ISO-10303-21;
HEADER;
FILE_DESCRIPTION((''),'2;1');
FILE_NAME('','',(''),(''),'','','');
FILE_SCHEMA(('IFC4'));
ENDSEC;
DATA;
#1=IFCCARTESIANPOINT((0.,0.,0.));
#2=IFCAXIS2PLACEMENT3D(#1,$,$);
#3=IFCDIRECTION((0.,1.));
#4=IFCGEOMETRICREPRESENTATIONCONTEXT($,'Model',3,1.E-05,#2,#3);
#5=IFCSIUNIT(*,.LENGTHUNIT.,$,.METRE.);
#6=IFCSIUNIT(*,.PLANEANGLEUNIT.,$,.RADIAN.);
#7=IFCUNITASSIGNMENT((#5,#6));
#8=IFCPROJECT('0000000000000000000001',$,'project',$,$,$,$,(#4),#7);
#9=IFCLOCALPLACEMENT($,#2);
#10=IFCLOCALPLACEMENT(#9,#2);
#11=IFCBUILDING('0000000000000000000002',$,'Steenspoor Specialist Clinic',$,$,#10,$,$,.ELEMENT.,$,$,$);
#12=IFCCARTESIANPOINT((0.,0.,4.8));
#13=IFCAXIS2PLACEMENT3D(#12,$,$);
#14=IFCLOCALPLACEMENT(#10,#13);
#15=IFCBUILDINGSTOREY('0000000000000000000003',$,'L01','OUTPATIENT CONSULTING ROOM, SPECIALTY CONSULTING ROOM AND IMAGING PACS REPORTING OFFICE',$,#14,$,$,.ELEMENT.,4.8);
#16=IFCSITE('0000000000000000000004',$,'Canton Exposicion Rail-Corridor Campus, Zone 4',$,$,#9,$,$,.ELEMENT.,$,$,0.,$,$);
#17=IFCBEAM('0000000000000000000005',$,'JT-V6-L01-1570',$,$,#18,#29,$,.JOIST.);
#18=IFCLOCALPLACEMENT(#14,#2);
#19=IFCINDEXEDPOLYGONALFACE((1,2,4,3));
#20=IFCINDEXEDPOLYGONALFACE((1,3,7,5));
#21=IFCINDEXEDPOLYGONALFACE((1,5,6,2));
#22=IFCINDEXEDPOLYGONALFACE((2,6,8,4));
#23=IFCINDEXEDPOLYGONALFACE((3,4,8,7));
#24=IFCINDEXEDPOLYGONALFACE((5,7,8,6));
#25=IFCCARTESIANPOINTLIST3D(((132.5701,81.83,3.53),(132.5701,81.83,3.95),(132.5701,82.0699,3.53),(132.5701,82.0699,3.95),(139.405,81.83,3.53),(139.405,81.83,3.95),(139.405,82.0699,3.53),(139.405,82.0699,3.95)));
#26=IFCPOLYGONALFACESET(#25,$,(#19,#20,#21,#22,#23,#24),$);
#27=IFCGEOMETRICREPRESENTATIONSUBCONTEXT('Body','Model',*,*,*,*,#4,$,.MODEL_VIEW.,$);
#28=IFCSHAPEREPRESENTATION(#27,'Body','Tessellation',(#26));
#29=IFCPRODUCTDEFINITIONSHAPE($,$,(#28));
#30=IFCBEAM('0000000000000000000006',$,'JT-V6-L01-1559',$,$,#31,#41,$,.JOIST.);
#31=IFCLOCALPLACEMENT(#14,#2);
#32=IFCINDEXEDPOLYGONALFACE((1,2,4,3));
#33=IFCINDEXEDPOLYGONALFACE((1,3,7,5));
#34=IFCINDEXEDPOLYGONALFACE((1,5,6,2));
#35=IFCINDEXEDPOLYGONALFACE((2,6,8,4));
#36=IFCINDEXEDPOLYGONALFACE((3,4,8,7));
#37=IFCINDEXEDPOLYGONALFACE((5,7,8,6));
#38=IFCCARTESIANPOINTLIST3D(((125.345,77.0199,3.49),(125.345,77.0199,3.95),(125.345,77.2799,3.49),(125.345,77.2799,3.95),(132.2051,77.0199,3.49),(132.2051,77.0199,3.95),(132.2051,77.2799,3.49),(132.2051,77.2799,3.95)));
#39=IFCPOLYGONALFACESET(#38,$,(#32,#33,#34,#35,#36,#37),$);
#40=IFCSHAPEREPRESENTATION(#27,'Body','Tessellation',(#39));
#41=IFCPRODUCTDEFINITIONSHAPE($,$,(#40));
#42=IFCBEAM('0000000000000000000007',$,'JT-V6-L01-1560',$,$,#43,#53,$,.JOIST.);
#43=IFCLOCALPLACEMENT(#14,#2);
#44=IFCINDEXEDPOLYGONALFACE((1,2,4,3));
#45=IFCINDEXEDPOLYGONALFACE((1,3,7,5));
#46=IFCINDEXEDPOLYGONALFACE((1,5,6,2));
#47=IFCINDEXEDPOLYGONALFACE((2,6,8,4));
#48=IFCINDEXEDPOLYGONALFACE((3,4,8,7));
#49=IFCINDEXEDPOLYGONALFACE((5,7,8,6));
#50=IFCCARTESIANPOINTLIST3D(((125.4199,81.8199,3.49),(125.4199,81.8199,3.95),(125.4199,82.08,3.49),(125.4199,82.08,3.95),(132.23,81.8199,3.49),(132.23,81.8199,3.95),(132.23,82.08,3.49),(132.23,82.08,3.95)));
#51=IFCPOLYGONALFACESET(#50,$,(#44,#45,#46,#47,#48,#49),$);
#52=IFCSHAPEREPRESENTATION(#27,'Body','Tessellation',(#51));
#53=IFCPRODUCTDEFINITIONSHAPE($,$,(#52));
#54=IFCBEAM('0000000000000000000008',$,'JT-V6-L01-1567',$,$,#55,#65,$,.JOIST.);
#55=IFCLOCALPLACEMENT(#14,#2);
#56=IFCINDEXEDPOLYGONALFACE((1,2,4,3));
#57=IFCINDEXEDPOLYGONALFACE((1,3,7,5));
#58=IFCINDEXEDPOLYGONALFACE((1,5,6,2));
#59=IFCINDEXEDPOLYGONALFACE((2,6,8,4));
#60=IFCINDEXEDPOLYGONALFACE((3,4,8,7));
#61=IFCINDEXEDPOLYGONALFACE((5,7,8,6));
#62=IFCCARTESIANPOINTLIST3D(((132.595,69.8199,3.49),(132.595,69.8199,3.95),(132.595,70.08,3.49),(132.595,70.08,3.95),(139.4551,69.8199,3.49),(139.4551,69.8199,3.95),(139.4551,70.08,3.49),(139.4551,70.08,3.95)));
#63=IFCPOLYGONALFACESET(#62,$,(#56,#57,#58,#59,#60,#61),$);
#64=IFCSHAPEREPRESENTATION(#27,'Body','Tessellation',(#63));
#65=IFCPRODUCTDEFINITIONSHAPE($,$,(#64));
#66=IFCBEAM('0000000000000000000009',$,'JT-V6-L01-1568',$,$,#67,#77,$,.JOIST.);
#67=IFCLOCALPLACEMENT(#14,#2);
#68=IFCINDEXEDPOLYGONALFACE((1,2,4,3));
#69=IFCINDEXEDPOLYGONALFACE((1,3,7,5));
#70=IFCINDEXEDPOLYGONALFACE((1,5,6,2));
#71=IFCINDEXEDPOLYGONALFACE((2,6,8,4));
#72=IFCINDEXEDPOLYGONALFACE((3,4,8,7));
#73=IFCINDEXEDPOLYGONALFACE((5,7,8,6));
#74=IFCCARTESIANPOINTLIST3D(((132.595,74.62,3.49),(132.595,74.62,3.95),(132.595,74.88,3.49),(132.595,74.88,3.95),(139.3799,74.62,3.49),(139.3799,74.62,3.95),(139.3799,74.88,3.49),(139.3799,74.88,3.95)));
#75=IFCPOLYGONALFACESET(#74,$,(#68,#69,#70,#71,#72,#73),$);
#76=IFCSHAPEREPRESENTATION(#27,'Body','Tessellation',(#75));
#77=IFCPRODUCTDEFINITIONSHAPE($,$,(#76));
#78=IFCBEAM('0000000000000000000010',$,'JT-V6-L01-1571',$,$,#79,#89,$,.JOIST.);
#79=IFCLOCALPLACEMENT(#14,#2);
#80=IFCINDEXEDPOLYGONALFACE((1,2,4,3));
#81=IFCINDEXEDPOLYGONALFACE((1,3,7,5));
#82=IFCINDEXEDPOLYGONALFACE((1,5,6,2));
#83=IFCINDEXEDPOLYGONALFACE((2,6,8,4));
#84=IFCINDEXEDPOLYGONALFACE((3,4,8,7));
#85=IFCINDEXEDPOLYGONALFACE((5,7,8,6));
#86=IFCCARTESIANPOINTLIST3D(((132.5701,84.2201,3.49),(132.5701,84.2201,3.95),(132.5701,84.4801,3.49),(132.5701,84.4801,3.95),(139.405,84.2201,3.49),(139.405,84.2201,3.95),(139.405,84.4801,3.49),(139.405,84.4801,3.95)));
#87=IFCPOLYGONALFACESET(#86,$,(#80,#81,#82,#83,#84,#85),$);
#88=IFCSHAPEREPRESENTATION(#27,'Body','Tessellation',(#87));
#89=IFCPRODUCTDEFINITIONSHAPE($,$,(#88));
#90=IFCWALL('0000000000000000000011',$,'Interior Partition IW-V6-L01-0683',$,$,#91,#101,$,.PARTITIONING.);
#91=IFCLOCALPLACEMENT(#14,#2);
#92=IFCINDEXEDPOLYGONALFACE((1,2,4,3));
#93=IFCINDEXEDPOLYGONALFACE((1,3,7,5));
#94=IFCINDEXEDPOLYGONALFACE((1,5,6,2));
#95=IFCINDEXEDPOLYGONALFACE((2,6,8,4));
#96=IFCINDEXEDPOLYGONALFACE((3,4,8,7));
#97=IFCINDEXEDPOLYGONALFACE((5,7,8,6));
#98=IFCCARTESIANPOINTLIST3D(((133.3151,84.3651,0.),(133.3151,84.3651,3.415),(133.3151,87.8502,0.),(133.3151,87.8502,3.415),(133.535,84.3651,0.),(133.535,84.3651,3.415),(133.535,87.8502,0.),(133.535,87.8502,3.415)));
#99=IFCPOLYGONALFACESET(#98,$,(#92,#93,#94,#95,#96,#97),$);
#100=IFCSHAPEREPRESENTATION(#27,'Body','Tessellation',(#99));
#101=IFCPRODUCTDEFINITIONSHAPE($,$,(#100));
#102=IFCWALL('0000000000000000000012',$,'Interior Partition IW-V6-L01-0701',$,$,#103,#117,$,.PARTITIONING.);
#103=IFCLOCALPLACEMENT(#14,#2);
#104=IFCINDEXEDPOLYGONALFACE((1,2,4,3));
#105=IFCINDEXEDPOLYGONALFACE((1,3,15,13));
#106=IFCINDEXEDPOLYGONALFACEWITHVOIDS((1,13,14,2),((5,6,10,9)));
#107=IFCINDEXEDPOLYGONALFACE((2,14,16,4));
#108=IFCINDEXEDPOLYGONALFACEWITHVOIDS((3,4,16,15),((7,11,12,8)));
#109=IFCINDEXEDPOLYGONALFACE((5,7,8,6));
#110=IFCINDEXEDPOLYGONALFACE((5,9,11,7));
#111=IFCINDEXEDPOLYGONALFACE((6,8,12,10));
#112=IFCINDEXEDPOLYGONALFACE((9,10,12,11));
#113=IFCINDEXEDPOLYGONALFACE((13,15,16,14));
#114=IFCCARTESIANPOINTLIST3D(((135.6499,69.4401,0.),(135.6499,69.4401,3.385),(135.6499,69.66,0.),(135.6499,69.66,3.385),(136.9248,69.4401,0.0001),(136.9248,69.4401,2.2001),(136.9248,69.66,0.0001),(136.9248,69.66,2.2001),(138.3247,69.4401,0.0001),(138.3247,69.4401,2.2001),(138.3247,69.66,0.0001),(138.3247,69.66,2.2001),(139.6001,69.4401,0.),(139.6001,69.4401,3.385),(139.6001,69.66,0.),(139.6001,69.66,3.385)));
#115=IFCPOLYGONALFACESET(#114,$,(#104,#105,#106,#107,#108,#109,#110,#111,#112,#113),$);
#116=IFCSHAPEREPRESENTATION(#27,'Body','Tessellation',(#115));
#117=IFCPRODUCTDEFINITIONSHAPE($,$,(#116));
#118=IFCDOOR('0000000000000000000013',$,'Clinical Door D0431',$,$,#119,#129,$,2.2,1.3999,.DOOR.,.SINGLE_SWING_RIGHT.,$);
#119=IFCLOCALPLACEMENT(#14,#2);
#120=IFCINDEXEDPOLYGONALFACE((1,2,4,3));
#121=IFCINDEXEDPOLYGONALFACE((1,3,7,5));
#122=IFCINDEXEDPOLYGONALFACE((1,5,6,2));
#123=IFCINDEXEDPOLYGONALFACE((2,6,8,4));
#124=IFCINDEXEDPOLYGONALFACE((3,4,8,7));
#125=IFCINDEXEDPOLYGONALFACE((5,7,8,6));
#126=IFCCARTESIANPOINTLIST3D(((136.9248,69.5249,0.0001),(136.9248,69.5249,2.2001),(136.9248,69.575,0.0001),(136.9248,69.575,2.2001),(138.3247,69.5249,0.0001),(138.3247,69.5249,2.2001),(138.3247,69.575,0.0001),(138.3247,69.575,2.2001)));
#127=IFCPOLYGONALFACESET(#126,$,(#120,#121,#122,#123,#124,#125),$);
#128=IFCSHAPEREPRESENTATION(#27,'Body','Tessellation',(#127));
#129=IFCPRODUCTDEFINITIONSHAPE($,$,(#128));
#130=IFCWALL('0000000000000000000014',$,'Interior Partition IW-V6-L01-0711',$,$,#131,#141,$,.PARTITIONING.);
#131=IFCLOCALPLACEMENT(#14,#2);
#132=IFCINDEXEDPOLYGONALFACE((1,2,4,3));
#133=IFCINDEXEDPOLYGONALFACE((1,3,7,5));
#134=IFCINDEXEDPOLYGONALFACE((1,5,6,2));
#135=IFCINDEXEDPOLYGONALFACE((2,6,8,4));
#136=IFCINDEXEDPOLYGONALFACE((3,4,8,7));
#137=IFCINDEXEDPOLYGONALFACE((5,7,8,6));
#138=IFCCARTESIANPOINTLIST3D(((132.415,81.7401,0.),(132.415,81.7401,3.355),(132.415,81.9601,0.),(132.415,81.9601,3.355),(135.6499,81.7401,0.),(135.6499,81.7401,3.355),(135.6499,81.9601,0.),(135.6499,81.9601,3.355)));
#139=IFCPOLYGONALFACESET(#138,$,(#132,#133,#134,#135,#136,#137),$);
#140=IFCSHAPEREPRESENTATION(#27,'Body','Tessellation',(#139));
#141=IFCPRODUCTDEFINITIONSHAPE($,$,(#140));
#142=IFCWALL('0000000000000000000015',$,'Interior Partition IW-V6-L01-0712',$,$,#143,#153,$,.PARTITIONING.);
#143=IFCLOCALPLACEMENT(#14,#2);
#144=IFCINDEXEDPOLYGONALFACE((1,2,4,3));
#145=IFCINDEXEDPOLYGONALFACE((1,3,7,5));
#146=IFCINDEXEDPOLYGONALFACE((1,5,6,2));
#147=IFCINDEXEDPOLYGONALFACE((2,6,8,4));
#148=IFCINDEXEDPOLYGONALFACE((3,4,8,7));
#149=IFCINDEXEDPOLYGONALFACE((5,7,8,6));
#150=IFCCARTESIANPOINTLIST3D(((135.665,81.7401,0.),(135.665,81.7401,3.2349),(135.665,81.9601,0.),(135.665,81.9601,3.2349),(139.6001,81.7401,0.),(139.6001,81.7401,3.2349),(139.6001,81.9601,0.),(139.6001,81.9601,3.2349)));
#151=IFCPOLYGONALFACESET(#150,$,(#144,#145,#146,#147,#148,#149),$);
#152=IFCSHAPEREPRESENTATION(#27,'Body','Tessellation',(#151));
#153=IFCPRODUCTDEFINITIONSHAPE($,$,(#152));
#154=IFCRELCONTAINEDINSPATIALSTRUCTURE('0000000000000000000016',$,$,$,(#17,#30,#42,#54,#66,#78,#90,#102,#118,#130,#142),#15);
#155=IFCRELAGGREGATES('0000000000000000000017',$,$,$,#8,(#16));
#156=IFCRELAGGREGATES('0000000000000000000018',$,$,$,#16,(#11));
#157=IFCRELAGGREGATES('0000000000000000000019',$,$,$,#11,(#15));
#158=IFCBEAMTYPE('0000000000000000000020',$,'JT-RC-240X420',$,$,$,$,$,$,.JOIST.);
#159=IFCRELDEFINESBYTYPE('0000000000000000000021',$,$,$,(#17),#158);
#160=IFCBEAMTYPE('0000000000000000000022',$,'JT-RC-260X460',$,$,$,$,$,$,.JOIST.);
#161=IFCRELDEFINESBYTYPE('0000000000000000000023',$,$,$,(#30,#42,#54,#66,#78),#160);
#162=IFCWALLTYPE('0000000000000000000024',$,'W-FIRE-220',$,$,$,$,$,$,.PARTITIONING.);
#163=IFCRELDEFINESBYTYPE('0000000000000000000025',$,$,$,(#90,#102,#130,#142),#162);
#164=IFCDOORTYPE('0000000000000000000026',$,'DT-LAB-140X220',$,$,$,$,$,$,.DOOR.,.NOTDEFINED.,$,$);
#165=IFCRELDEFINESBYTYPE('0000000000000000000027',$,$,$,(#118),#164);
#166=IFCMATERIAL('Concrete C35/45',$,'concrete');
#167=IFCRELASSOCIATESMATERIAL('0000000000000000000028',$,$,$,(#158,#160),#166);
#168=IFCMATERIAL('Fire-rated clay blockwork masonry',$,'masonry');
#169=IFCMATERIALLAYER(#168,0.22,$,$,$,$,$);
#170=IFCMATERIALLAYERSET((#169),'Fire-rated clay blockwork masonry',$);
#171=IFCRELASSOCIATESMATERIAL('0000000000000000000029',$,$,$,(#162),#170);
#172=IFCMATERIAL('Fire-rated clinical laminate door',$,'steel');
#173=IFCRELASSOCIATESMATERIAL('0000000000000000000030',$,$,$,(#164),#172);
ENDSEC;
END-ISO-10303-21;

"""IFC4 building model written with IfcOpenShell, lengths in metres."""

from ifc_helpers import new_model, si_unit, direction, frame, frame_2d, origin, origin_2d, place, context, subcontext, project, spatial, rectangle, extrude, material, layer, layer_set, material_profile, profile_set, type_object, element, fill, save


model = new_model("IFC4")

# Units and contexts
model_context = context("Model", 3, precision=1e-05, world=origin(), true_north=direction((0.0, 1.0)))
body_context = subcontext(model_context, "Body", "Model", "MODEL_VIEW")
ifc_project = project(units=[si_unit("LENGTHUNIT", "METRE"), si_unit("PLANEANGLEUNIT", "RADIAN")], contexts=[model_context])

# Site, building, storey
site_placement = place(None, origin())
site = spatial("IfcSite", under=ifc_project, at=site_placement, Name="Canton Exposicion Rail-Corridor Campus, Zone 4", CompositionType="ELEMENT", RefElevation=0.0)
building_placement = place(site_placement, origin())
building = spatial("IfcBuilding", under=site, at=building_placement, Name="Steenspoor Specialist Clinic", CompositionType="ELEMENT")
storey_placement = place(building_placement, frame((0.0, 0.0, 4.8)))
storey = spatial("IfcBuildingStorey", under=building, at=storey_placement, Name="L01", Description="OUTPATIENT CONSULTING ROOM, SPECIALTY CONSULTING ROOM AND IMAGING PACS REPORTING OFFICE", CompositionType="ELEMENT", Elevation=4.8)

# Beams
ifc_material_1 = material(Name="Concrete C35/45", Category="concrete")
ifc_material_profile_1 = material_profile(ifc_material_1, rectangle(XDim=0.24, YDim=0.4199, at=origin_2d()), Name="RC-JT-240X420")
ifc_profile_set_1 = profile_set([ifc_material_profile_1], Name="Concrete C35/45")
beam_type_1 = type_object("IfcBeamType", Name="JT-RC-240X420", PredefinedType="JOIST", material=ifc_profile_set_1)
beam_1_placement = place(storey_placement, frame((132.5701, 81.95, 3.74), z_axis=(1.0, 0.0, 0.0), x_axis=(0.0, 1.0, 0.0)))
element("IfcBeam", 1, at=beam_1_placement, inside=storey, type_object=beam_type_1, Name="JT-V6-L01-1570", PredefinedType="JOIST", context=body_context, shape_type="SweptSolid", body=[
    extrude(rectangle(XDim=0.24, YDim=0.4199, at=origin_2d()), origin(), (0.0, 0.0, 1.0), 6.835),
])
ifc_material_profile_2 = material_profile(ifc_material_1, rectangle(XDim=0.26, YDim=0.46, at=origin_2d()), Name="RC-JT-260X460")
ifc_profile_set_2 = profile_set([ifc_material_profile_2], Name="Concrete C35/45")
beam_type_2 = type_object("IfcBeamType", Name="JT-RC-260X460", PredefinedType="JOIST", material=ifc_profile_set_2)
beam_2_placement = place(storey_placement, frame((125.345, 77.1499, 3.72), z_axis=(1.0, 0.0, 0.0), x_axis=(0.0, 1.0, 0.0)))
element("IfcBeam", 2, at=beam_2_placement, inside=storey, type_object=beam_type_2, Name="JT-V6-L01-1559", PredefinedType="JOIST", context=body_context, shape_type="SweptSolid", body=[
    extrude(rectangle(XDim=0.26, YDim=0.46, at=origin_2d()), origin(), (0.0, 0.0, 1.0), 6.8601),
])
beam_3_placement = place(storey_placement, frame((125.4199, 81.95, 3.72), z_axis=(1.0, 0.0, 0.0), x_axis=(0.0, 1.0, 0.0)))
element("IfcBeam", 3, at=beam_3_placement, inside=storey, type_object=beam_type_2, Name="JT-V6-L01-1560", PredefinedType="JOIST", context=body_context, shape_type="SweptSolid", body=[
    extrude(rectangle(XDim=0.26, YDim=0.46, at=origin_2d()), origin(), (0.0, 0.0, 1.0), 6.8101),
])
beam_4_placement = place(storey_placement, frame((132.595, 69.95, 3.72), z_axis=(1.0, 0.0, 0.0), x_axis=(0.0, 1.0, 0.0)))
element("IfcBeam", 4, at=beam_4_placement, inside=storey, type_object=beam_type_2, Name="JT-V6-L01-1567", PredefinedType="JOIST", context=body_context, shape_type="SweptSolid", body=[
    extrude(rectangle(XDim=0.26, YDim=0.46, at=origin_2d()), origin(), (0.0, 0.0, 1.0), 6.8601),
])
beam_5_placement = place(storey_placement, frame((132.595, 74.75, 3.72), z_axis=(1.0, 0.0, 0.0), x_axis=(0.0, 1.0, 0.0)))
element("IfcBeam", 5, at=beam_5_placement, inside=storey, type_object=beam_type_2, Name="JT-V6-L01-1568", PredefinedType="JOIST", context=body_context, shape_type="SweptSolid", body=[
    extrude(rectangle(XDim=0.26, YDim=0.46, at=origin_2d()), origin(), (0.0, 0.0, 1.0), 6.7849),
])
beam_6_placement = place(storey_placement, frame((132.5701, 84.3501, 3.72), z_axis=(1.0, 0.0, 0.0), x_axis=(0.0, 1.0, 0.0)))
element("IfcBeam", 6, at=beam_6_placement, inside=storey, type_object=beam_type_2, Name="JT-V6-L01-1571", PredefinedType="JOIST", context=body_context, shape_type="SweptSolid", body=[
    extrude(rectangle(XDim=0.26, YDim=0.46, at=origin_2d()), origin(), (0.0, 0.0, 1.0), 6.835),
])

# Wall
ifc_material_2 = material(Name="Fire-rated clay blockwork masonry", Category="masonry")
ifc_layer_1 = layer(ifc_material_2, 0.22)
ifc_layer_set_1 = layer_set([ifc_layer_1], Name="Fire-rated clay blockwork masonry")
wall_type_1 = type_object("IfcWallType", Name="W-FIRE-220", PredefinedType="PARTITIONING", material=ifc_layer_set_1)
wall_1_placement = place(storey_placement, frame((133.425, 84.365, 0.0), z_axis=(0.0, 0.0, 1.0), x_axis=(0.0, 1.0, 0.0)))
element("IfcWall", 7, at=wall_1_placement, inside=storey, type_object=wall_type_1, Name="Interior Partition IW-V6-L01-0683", PredefinedType="PARTITIONING", context=body_context, shape_type="SweptSolid", body=[
    extrude(rectangle(XDim=3.4851, YDim=0.22, at=frame_2d((1.7427, 0.0))), origin(), (0.0, 0.0, 1.0), 3.415),
])

# Wall, opening, door
wall_2_placement = place(storey_placement, frame((135.6499, 69.55, 0.0), z_axis=(0.0, 0.0, 1.0), x_axis=(1.0, 0.0, 0.0)))
wall_2 = element("IfcWall", 8, at=wall_2_placement, inside=storey, type_object=wall_type_1, Name="Interior Partition IW-V6-L01-0701", PredefinedType="PARTITIONING", context=body_context, shape_type="SweptSolid", body=[
    extrude(rectangle(XDim=3.9502, YDim=0.22, at=frame_2d((1.9751, 0.0))), origin(), (0.0, 0.0, 1.0), 3.385),
])
opening_1_placement = place(wall_2_placement, frame((1.2749, 0.0, 0.0)))
opening_1 = element("IfcOpeningElement", 9, at=opening_1_placement, cuts=wall_2, PredefinedType="OPENING", context=body_context, shape_type="SweptSolid", body=[
    extrude(rectangle(XDim=1.3999, YDim=2.2, at=frame_2d((0.7, 1.1001))), frame((0.0, 0.1201, 0.0), z_axis=(0.0, -1.0, 0.0), x_axis=(1.0, 0.0, 0.0)), (0.0, 0.0, 1.0), 0.24),
])
ifc_material_3 = material(Name="Fire-rated clinical laminate door", Category="steel")
door_type_1 = type_object("IfcDoorType", Name="DT-LAB-140X220", OperationType="NOTDEFINED", PredefinedType="DOOR", material=ifc_material_3)
door_1_placement = place(opening_1_placement, origin())
door_1 = element("IfcDoor", 10, at=door_1_placement, inside=storey, type_object=door_type_1, Name="Clinical Door D0431", OperationType="SINGLE_SWING_RIGHT", OverallHeight=2.2, OverallWidth=1.3999, PredefinedType="DOOR", context=body_context, shape_type="SweptSolid", body=[
    extrude(rectangle(XDim=1.3999, YDim=2.2, at=frame_2d((0.7, 1.1001))), frame((0.0, 0.0249, 0.0), z_axis=(0.0, -1.0, 0.0), x_axis=(1.0, 0.0, 0.0)), (0.0, 0.0, 1.0), 0.05),
])
fill(opening_1, door_1)

# Walls
wall_3_placement = place(storey_placement, frame((132.415, 81.8501, 0.0), z_axis=(0.0, 0.0, 1.0), x_axis=(1.0, 0.0, 0.0)))
element("IfcWall", 11, at=wall_3_placement, inside=storey, type_object=wall_type_1, Name="Interior Partition IW-V6-L01-0711", PredefinedType="PARTITIONING", context=body_context, shape_type="SweptSolid", body=[
    extrude(rectangle(XDim=3.2349, YDim=0.22, at=frame_2d((1.6174, 0.0))), origin(), (0.0, 0.0, 1.0), 3.355),
])
wall_4_placement = place(storey_placement, frame((135.665, 81.8501, 0.0), z_axis=(0.0, 0.0, 1.0), x_axis=(1.0, 0.0, 0.0)))
element("IfcWall", 12, at=wall_4_placement, inside=storey, type_object=wall_type_1, Name="Interior Partition IW-V6-L01-0712", PredefinedType="PARTITIONING", context=body_context, shape_type="SweptSolid", body=[
    extrude(rectangle(XDim=3.9351, YDim=0.22, at=frame_2d((1.9675, 0.0))), origin(), (0.0, 0.0, 1.0), 3.2349),
])

save(model, "model.ifc")
